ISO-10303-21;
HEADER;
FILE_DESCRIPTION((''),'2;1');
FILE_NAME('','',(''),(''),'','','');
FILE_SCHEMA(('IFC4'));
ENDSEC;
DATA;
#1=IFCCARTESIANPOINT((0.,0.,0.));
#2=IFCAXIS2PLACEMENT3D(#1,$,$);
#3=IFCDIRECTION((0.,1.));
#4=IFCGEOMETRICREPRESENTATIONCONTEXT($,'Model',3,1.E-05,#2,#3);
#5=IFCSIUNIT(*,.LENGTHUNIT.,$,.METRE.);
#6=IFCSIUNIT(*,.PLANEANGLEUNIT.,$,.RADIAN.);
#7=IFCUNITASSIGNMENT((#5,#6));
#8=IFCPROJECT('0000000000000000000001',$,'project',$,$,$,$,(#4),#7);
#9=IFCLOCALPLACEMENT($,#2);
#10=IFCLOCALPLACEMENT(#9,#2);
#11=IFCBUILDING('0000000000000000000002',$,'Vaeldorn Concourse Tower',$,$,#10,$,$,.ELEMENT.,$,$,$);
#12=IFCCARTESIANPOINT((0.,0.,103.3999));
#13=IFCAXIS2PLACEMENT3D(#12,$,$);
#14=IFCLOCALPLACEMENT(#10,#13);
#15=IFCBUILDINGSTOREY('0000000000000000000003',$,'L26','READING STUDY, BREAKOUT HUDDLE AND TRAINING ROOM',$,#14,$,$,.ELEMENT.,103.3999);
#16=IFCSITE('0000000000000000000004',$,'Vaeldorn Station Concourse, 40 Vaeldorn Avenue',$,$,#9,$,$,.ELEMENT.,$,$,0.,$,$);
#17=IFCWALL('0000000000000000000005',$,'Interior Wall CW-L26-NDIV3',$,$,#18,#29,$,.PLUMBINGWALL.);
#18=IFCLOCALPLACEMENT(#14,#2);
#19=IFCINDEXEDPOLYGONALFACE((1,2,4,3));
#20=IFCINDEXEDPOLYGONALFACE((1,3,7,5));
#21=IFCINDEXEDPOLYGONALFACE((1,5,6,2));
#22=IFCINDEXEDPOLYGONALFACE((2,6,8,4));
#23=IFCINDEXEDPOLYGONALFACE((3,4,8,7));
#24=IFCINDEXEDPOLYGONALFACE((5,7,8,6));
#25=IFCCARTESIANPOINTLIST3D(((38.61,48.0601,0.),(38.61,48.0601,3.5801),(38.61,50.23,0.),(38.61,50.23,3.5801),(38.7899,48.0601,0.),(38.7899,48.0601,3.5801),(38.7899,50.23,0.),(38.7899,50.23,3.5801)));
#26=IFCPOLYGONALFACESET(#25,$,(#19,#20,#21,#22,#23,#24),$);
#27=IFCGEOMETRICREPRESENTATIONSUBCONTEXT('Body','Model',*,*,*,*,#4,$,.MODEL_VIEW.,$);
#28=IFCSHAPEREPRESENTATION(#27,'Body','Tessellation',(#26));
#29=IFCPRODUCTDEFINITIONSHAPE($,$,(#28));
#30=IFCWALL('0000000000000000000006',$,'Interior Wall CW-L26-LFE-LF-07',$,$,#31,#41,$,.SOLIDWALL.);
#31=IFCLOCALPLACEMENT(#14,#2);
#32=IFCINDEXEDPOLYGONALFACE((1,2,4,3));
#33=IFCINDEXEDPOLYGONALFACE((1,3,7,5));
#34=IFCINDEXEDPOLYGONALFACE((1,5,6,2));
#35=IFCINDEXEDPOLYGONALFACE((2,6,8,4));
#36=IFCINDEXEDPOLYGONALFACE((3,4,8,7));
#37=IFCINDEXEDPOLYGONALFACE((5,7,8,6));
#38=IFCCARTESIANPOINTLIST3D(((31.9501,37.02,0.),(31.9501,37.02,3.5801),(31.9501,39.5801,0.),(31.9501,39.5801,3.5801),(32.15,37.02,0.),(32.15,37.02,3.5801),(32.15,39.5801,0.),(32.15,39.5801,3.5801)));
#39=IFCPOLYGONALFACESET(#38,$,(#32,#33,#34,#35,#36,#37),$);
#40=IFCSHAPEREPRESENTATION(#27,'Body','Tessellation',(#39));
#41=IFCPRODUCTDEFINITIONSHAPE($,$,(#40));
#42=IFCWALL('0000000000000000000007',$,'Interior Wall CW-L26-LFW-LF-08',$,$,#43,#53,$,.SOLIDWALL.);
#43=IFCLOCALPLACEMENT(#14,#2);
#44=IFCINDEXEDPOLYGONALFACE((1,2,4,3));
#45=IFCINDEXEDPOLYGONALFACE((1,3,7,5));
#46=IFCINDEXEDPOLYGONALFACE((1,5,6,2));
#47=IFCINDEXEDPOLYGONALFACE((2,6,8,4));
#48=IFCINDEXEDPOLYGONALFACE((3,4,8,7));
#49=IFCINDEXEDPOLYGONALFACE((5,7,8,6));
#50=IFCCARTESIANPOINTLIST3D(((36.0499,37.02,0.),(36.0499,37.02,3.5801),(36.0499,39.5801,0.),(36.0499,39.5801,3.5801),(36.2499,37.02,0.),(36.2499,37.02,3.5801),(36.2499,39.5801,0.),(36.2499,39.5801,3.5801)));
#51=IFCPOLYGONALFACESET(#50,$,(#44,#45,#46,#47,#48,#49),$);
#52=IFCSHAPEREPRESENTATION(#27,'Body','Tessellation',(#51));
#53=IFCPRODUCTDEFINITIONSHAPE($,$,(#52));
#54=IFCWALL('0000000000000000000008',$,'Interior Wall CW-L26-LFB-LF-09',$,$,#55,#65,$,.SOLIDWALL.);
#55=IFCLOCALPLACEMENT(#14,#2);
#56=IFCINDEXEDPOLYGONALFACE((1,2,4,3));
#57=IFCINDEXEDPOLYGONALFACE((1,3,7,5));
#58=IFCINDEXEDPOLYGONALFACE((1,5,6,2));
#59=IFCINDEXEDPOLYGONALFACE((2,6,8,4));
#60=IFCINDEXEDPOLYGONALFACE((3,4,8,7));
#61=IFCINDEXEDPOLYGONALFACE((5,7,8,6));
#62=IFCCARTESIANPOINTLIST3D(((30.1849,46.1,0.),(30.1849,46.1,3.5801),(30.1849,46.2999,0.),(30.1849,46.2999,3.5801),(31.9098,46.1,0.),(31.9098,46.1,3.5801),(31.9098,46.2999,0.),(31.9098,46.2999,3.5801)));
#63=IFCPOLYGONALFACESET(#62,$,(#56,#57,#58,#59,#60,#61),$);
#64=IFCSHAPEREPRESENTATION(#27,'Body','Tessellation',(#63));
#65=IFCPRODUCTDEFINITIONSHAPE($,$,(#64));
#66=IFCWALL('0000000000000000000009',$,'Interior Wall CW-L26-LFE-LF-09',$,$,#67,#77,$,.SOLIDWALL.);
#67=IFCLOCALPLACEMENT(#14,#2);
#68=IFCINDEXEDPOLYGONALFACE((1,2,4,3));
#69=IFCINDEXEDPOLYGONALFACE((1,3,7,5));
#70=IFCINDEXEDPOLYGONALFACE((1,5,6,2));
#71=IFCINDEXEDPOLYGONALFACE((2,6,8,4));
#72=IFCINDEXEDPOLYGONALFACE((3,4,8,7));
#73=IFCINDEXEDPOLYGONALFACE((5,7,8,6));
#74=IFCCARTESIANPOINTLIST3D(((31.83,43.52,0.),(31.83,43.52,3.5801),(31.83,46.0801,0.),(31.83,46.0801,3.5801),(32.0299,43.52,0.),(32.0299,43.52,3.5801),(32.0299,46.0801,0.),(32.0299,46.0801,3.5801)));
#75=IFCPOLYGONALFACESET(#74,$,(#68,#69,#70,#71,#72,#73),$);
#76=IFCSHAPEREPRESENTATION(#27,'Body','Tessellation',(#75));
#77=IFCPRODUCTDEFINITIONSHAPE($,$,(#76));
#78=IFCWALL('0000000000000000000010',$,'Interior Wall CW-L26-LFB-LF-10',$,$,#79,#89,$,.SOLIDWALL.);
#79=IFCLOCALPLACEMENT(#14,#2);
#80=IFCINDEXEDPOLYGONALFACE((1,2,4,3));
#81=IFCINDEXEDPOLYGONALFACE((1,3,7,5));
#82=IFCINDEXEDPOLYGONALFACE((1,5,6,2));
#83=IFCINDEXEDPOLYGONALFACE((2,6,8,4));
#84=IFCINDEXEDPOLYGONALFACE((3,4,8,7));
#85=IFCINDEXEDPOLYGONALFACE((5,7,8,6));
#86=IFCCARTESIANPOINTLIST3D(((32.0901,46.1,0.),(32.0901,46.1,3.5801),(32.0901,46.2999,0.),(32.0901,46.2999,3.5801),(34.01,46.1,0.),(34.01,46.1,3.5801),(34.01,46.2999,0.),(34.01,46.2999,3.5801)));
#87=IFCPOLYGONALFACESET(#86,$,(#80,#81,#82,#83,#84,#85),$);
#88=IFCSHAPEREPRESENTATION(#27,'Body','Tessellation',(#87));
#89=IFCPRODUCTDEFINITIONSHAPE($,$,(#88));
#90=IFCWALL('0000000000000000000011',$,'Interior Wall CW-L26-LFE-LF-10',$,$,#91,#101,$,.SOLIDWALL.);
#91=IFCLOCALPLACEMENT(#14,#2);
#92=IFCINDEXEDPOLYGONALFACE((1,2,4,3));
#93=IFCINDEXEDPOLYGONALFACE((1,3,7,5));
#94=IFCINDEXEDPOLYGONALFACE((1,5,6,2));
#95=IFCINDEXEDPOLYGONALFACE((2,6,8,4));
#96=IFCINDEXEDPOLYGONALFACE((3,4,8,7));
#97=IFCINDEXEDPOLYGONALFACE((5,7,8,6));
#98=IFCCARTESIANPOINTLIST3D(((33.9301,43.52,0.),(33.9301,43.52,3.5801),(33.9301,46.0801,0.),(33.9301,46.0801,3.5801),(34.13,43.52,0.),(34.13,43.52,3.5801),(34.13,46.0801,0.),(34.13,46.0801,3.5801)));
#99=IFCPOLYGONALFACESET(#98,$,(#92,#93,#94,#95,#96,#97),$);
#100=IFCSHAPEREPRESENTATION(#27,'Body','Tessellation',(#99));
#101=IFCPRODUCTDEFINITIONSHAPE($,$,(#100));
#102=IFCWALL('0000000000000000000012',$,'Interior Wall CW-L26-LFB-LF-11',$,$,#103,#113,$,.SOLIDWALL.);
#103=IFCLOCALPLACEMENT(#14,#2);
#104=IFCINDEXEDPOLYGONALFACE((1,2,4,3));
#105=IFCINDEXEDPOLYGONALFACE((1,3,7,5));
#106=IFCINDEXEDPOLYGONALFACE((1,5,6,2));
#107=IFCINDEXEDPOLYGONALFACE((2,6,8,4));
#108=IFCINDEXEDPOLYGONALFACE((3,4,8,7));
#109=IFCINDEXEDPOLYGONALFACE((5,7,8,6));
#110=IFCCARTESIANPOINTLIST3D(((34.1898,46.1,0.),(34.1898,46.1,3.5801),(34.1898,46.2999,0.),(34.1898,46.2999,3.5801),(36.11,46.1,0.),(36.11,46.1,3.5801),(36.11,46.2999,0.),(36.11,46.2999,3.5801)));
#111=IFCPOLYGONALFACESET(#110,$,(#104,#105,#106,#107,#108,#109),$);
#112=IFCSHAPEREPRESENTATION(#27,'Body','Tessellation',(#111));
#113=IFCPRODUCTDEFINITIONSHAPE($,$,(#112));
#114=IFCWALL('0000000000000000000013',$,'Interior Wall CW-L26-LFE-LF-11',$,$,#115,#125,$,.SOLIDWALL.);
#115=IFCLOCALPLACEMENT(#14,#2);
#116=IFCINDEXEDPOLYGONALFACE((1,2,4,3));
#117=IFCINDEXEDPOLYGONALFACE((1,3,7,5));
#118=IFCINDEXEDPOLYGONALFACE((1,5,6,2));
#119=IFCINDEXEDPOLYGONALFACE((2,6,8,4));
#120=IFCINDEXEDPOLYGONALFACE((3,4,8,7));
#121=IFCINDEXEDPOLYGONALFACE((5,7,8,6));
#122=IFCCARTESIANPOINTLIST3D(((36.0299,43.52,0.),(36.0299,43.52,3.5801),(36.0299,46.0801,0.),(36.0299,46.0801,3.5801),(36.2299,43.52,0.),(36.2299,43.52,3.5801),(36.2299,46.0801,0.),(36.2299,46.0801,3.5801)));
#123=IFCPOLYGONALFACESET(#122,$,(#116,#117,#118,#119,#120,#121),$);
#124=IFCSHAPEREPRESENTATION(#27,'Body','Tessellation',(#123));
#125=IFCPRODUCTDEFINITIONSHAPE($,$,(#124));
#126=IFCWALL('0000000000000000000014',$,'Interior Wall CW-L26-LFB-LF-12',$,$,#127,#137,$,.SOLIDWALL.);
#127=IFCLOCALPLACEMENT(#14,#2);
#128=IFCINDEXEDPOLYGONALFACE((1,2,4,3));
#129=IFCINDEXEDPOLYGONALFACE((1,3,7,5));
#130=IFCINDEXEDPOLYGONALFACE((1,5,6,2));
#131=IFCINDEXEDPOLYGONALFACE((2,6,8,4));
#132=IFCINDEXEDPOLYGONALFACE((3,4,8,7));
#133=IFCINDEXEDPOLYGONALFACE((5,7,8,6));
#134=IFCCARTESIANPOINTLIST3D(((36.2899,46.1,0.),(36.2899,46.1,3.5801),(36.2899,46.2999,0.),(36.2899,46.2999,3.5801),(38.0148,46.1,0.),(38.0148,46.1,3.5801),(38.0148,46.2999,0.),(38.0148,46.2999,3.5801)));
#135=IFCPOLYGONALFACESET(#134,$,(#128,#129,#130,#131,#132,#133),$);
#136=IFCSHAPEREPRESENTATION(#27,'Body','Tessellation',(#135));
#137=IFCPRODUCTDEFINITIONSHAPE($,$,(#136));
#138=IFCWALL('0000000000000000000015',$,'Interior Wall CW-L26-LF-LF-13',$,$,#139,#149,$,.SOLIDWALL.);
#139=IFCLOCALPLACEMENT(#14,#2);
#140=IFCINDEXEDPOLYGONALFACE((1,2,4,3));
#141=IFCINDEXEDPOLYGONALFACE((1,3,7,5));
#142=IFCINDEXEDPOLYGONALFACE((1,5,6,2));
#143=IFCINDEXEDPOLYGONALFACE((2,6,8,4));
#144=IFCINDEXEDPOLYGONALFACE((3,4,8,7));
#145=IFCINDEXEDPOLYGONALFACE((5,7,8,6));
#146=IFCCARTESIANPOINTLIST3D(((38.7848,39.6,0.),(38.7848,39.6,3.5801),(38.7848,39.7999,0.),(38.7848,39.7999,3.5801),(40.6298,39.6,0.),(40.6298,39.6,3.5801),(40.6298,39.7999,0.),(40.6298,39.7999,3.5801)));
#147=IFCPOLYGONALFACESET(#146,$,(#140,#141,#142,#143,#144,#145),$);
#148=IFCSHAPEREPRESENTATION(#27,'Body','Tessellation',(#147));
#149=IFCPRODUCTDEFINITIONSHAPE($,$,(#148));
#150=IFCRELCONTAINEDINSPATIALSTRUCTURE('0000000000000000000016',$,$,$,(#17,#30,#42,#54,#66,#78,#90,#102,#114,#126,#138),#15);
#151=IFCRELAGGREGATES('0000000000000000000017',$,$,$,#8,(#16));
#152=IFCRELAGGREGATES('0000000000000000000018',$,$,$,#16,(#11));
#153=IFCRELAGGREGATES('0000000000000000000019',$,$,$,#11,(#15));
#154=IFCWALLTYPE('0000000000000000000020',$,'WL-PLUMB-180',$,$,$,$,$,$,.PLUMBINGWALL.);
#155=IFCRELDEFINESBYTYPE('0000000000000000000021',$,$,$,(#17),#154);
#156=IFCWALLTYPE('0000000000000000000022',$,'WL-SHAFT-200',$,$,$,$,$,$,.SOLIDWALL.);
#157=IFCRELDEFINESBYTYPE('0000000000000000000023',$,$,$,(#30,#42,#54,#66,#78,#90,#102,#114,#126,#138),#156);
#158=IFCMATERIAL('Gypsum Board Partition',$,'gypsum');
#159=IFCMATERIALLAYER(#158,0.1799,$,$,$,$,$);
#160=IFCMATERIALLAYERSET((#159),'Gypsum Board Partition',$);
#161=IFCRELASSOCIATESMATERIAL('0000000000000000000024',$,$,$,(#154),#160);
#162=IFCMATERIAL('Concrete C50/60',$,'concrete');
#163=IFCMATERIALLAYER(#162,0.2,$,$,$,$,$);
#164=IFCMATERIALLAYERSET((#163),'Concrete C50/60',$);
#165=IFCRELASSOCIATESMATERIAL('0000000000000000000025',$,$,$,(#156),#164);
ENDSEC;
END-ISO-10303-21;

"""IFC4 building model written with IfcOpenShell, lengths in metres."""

from ifc_helpers import new_model, si_unit, direction, frame, frame_2d, origin, place, context, subcontext, project, spatial, rectangle, extrude, material, layer, layer_set, type_object, element, save


model = new_model("IFC4")

# Units and contexts
model_context = context("Model", 3, precision=1e-05, world=origin(), true_north=direction((0.0, 1.0)))
body_context = subcontext(model_context, "Body", "Model", "MODEL_VIEW")
ifc_project = project(units=[si_unit("LENGTHUNIT", "METRE"), si_unit("PLANEANGLEUNIT", "RADIAN")], contexts=[model_context])

# Site, building, storey
site_placement = place(None, origin())
site = spatial("IfcSite", under=ifc_project, at=site_placement, Name="Vaeldorn Station Concourse, 40 Vaeldorn Avenue", CompositionType="ELEMENT", RefElevation=0.0)
building_placement = place(site_placement, origin())
building = spatial("IfcBuilding", under=site, at=building_placement, Name="Vaeldorn Concourse Tower", CompositionType="ELEMENT")
storey_placement = place(building_placement, frame((0.0, 0.0, 103.3999)))
storey = spatial("IfcBuildingStorey", under=building, at=storey_placement, Name="L26", Description="READING STUDY, BREAKOUT HUDDLE AND TRAINING ROOM", CompositionType="ELEMENT", Elevation=103.3999)

# Shared definitions
ifc_material_1 = material(Name="Gypsum Board Partition", Category="gypsum")

# Wall
ifc_layer_1 = layer(ifc_material_1, 0.1799)
ifc_layer_set_1 = layer_set([ifc_layer_1], Name="Gypsum Board Partition")
wall_type_1 = type_object("IfcWallType", Name="WL-PLUMB-180", PredefinedType="PLUMBINGWALL", material=ifc_layer_set_1)
for number, where, z_axis, x_axis, name in (
    (1, (38.7, 48.0601, 0.0), (0.0, 0.0, 1.0), (0.0, 1.0, 0.0), "Interior Wall CW-L26-NDIV3"),
):
    element("IfcWall", number, at=place(storey_placement, frame(where, z_axis=z_axis, x_axis=x_axis)), inside=storey, type_object=wall_type_1, Name=name, PredefinedType="PLUMBINGWALL", context=body_context, shape_type="SweptSolid", body=[
        extrude(rectangle(XDim=2.1699, YDim=0.1799, at=frame_2d((1.085, 0.0))), origin(), (0.0, 0.0, 1.0), 3.5801),
    ])

# Shared definitions
ifc_material_2 = material(Name="Concrete C50/60", Category="concrete")
ifc_layer_2 = layer(ifc_material_2, 0.2)
ifc_layer_set_2 = layer_set([ifc_layer_2], Name="Concrete C50/60")
wall_type_2 = type_object("IfcWallType", Name="WL-SHAFT-200", PredefinedType="SOLIDWALL", material=ifc_layer_set_2)

# Wall
wall_1_placement = place(storey_placement, frame((32.05, 37.02, 0.0), z_axis=(0.0, 0.0, 1.0), x_axis=(0.0, 1.0, 0.0)))
element("IfcWall", 2, at=wall_1_placement, inside=storey, type_object=wall_type_2, Name="Interior Wall CW-L26-LFE-LF-07", PredefinedType="SOLIDWALL", context=body_context, shape_type="SweptSolid", body=[
    extrude(rectangle(XDim=2.5601, YDim=0.2, at=frame_2d((1.28, 0.0))), origin(), (0.0, 0.0, 1.0), 3.5801),
])

# Wall
wall_2_placement = place(storey_placement, frame((36.1499, 37.02, 0.0), z_axis=(0.0, 0.0, 1.0), x_axis=(0.0, 1.0, 0.0)))
element("IfcWall", 3, at=wall_2_placement, inside=storey, type_object=wall_type_2, Name="Interior Wall CW-L26-LFW-LF-08", PredefinedType="SOLIDWALL", context=body_context, shape_type="SweptSolid", body=[
    extrude(rectangle(XDim=2.5601, YDim=0.2, at=frame_2d((1.28, 0.0))), origin(), (0.0, 0.0, 1.0), 3.5801),
])

# Walls
wall_3_placement = place(storey_placement, frame((30.1851, 46.2, 0.0), z_axis=(0.0, 0.0, 1.0), x_axis=(1.0, 0.0, 0.0)))
element("IfcWall", 4, at=wall_3_placement, inside=storey, type_object=wall_type_2, Name="Interior Wall CW-L26-LFB-LF-09", PredefinedType="SOLIDWALL", context=body_context, shape_type="SweptSolid", body=[
    extrude(rectangle(XDim=1.7249, YDim=0.2, at=frame_2d((0.8623, 0.0))), origin(), (0.0, 0.0, 1.0), 3.5801),
])
wall_4_placement = place(storey_placement, frame((31.9299, 43.52, 0.0), z_axis=(0.0, 0.0, 1.0), x_axis=(0.0, 1.0, 0.0)))
element("IfcWall", 5, at=wall_4_placement, inside=storey, type_object=wall_type_2, Name="Interior Wall CW-L26-LFE-LF-09", PredefinedType="SOLIDWALL", context=body_context, shape_type="SweptSolid", body=[
    extrude(rectangle(XDim=2.5601, YDim=0.2, at=frame_2d((1.28, 0.0))), origin(), (0.0, 0.0, 1.0), 3.5801),
])

# Walls
wall_5_placement = place(storey_placement, frame((32.0901, 46.2, 0.0), z_axis=(0.0, 0.0, 1.0), x_axis=(1.0, 0.0, 0.0)))
element("IfcWall", 6, at=wall_5_placement, inside=storey, type_object=wall_type_2, Name="Interior Wall CW-L26-LFB-LF-10", PredefinedType="SOLIDWALL", context=body_context, shape_type="SweptSolid", body=[
    extrude(rectangle(XDim=1.9199, YDim=0.2, at=frame_2d((0.96, 0.0))), origin(), (0.0, 0.0, 1.0), 3.5801),
])
wall_6_placement = place(storey_placement, frame((34.03, 43.52, 0.0), z_axis=(0.0, 0.0, 1.0), x_axis=(0.0, 1.0, 0.0)))
element("IfcWall", 7, at=wall_6_placement, inside=storey, type_object=wall_type_2, Name="Interior Wall CW-L26-LFE-LF-10", PredefinedType="SOLIDWALL", context=body_context, shape_type="SweptSolid", body=[
    extrude(rectangle(XDim=2.5601, YDim=0.2, at=frame_2d((1.28, 0.0))), origin(), (0.0, 0.0, 1.0), 3.5801),
])

# Walls
wall_7_placement = place(storey_placement, frame((34.1899, 46.2, 0.0), z_axis=(0.0, 0.0, 1.0), x_axis=(1.0, 0.0, 0.0)))
element("IfcWall", 8, at=wall_7_placement, inside=storey, type_object=wall_type_2, Name="Interior Wall CW-L26-LFB-LF-11", PredefinedType="SOLIDWALL", context=body_context, shape_type="SweptSolid", body=[
    extrude(rectangle(XDim=1.9202, YDim=0.2, at=frame_2d((0.96, 0.0))), origin(), (0.0, 0.0, 1.0), 3.5801),
])
wall_8_placement = place(storey_placement, frame((36.1299, 43.52, 0.0), z_axis=(0.0, 0.0, 1.0), x_axis=(0.0, 1.0, 0.0)))
element("IfcWall", 9, at=wall_8_placement, inside=storey, type_object=wall_type_2, Name="Interior Wall CW-L26-LFE-LF-11", PredefinedType="SOLIDWALL", context=body_context, shape_type="SweptSolid", body=[
    extrude(rectangle(XDim=2.5601, YDim=0.2, at=frame_2d((1.28, 0.0))), origin(), (0.0, 0.0, 1.0), 3.5801),
])

# Walls
wall_9_placement = place(storey_placement, frame((36.29, 46.2, 0.0), z_axis=(0.0, 0.0, 1.0), x_axis=(1.0, 0.0, 0.0)))
element("IfcWall", 10, at=wall_9_placement, inside=storey, type_object=wall_type_2, Name="Interior Wall CW-L26-LFB-LF-12", PredefinedType="SOLIDWALL", context=body_context, shape_type="SweptSolid", body=[
    extrude(rectangle(XDim=1.7249, YDim=0.2, at=frame_2d((0.8623, 0.0))), origin(), (0.0, 0.0, 1.0), 3.5801),
])
wall_10_placement = place(storey_placement, frame((38.7849, 39.7, 0.0), z_axis=(0.0, 0.0, 1.0), x_axis=(1.0, 0.0, 0.0)))
element("IfcWall", 11, at=wall_10_placement, inside=storey, type_object=wall_type_2, Name="Interior Wall CW-L26-LF-LF-13", PredefinedType="SOLIDWALL", context=body_context, shape_type="SweptSolid", body=[
    extrude(rectangle(XDim=1.845, YDim=0.2, at=frame_2d((0.9224, 0.0))), origin(), (0.0, 0.0, 1.0), 3.5801),
])

save(model, "model.ifc")
